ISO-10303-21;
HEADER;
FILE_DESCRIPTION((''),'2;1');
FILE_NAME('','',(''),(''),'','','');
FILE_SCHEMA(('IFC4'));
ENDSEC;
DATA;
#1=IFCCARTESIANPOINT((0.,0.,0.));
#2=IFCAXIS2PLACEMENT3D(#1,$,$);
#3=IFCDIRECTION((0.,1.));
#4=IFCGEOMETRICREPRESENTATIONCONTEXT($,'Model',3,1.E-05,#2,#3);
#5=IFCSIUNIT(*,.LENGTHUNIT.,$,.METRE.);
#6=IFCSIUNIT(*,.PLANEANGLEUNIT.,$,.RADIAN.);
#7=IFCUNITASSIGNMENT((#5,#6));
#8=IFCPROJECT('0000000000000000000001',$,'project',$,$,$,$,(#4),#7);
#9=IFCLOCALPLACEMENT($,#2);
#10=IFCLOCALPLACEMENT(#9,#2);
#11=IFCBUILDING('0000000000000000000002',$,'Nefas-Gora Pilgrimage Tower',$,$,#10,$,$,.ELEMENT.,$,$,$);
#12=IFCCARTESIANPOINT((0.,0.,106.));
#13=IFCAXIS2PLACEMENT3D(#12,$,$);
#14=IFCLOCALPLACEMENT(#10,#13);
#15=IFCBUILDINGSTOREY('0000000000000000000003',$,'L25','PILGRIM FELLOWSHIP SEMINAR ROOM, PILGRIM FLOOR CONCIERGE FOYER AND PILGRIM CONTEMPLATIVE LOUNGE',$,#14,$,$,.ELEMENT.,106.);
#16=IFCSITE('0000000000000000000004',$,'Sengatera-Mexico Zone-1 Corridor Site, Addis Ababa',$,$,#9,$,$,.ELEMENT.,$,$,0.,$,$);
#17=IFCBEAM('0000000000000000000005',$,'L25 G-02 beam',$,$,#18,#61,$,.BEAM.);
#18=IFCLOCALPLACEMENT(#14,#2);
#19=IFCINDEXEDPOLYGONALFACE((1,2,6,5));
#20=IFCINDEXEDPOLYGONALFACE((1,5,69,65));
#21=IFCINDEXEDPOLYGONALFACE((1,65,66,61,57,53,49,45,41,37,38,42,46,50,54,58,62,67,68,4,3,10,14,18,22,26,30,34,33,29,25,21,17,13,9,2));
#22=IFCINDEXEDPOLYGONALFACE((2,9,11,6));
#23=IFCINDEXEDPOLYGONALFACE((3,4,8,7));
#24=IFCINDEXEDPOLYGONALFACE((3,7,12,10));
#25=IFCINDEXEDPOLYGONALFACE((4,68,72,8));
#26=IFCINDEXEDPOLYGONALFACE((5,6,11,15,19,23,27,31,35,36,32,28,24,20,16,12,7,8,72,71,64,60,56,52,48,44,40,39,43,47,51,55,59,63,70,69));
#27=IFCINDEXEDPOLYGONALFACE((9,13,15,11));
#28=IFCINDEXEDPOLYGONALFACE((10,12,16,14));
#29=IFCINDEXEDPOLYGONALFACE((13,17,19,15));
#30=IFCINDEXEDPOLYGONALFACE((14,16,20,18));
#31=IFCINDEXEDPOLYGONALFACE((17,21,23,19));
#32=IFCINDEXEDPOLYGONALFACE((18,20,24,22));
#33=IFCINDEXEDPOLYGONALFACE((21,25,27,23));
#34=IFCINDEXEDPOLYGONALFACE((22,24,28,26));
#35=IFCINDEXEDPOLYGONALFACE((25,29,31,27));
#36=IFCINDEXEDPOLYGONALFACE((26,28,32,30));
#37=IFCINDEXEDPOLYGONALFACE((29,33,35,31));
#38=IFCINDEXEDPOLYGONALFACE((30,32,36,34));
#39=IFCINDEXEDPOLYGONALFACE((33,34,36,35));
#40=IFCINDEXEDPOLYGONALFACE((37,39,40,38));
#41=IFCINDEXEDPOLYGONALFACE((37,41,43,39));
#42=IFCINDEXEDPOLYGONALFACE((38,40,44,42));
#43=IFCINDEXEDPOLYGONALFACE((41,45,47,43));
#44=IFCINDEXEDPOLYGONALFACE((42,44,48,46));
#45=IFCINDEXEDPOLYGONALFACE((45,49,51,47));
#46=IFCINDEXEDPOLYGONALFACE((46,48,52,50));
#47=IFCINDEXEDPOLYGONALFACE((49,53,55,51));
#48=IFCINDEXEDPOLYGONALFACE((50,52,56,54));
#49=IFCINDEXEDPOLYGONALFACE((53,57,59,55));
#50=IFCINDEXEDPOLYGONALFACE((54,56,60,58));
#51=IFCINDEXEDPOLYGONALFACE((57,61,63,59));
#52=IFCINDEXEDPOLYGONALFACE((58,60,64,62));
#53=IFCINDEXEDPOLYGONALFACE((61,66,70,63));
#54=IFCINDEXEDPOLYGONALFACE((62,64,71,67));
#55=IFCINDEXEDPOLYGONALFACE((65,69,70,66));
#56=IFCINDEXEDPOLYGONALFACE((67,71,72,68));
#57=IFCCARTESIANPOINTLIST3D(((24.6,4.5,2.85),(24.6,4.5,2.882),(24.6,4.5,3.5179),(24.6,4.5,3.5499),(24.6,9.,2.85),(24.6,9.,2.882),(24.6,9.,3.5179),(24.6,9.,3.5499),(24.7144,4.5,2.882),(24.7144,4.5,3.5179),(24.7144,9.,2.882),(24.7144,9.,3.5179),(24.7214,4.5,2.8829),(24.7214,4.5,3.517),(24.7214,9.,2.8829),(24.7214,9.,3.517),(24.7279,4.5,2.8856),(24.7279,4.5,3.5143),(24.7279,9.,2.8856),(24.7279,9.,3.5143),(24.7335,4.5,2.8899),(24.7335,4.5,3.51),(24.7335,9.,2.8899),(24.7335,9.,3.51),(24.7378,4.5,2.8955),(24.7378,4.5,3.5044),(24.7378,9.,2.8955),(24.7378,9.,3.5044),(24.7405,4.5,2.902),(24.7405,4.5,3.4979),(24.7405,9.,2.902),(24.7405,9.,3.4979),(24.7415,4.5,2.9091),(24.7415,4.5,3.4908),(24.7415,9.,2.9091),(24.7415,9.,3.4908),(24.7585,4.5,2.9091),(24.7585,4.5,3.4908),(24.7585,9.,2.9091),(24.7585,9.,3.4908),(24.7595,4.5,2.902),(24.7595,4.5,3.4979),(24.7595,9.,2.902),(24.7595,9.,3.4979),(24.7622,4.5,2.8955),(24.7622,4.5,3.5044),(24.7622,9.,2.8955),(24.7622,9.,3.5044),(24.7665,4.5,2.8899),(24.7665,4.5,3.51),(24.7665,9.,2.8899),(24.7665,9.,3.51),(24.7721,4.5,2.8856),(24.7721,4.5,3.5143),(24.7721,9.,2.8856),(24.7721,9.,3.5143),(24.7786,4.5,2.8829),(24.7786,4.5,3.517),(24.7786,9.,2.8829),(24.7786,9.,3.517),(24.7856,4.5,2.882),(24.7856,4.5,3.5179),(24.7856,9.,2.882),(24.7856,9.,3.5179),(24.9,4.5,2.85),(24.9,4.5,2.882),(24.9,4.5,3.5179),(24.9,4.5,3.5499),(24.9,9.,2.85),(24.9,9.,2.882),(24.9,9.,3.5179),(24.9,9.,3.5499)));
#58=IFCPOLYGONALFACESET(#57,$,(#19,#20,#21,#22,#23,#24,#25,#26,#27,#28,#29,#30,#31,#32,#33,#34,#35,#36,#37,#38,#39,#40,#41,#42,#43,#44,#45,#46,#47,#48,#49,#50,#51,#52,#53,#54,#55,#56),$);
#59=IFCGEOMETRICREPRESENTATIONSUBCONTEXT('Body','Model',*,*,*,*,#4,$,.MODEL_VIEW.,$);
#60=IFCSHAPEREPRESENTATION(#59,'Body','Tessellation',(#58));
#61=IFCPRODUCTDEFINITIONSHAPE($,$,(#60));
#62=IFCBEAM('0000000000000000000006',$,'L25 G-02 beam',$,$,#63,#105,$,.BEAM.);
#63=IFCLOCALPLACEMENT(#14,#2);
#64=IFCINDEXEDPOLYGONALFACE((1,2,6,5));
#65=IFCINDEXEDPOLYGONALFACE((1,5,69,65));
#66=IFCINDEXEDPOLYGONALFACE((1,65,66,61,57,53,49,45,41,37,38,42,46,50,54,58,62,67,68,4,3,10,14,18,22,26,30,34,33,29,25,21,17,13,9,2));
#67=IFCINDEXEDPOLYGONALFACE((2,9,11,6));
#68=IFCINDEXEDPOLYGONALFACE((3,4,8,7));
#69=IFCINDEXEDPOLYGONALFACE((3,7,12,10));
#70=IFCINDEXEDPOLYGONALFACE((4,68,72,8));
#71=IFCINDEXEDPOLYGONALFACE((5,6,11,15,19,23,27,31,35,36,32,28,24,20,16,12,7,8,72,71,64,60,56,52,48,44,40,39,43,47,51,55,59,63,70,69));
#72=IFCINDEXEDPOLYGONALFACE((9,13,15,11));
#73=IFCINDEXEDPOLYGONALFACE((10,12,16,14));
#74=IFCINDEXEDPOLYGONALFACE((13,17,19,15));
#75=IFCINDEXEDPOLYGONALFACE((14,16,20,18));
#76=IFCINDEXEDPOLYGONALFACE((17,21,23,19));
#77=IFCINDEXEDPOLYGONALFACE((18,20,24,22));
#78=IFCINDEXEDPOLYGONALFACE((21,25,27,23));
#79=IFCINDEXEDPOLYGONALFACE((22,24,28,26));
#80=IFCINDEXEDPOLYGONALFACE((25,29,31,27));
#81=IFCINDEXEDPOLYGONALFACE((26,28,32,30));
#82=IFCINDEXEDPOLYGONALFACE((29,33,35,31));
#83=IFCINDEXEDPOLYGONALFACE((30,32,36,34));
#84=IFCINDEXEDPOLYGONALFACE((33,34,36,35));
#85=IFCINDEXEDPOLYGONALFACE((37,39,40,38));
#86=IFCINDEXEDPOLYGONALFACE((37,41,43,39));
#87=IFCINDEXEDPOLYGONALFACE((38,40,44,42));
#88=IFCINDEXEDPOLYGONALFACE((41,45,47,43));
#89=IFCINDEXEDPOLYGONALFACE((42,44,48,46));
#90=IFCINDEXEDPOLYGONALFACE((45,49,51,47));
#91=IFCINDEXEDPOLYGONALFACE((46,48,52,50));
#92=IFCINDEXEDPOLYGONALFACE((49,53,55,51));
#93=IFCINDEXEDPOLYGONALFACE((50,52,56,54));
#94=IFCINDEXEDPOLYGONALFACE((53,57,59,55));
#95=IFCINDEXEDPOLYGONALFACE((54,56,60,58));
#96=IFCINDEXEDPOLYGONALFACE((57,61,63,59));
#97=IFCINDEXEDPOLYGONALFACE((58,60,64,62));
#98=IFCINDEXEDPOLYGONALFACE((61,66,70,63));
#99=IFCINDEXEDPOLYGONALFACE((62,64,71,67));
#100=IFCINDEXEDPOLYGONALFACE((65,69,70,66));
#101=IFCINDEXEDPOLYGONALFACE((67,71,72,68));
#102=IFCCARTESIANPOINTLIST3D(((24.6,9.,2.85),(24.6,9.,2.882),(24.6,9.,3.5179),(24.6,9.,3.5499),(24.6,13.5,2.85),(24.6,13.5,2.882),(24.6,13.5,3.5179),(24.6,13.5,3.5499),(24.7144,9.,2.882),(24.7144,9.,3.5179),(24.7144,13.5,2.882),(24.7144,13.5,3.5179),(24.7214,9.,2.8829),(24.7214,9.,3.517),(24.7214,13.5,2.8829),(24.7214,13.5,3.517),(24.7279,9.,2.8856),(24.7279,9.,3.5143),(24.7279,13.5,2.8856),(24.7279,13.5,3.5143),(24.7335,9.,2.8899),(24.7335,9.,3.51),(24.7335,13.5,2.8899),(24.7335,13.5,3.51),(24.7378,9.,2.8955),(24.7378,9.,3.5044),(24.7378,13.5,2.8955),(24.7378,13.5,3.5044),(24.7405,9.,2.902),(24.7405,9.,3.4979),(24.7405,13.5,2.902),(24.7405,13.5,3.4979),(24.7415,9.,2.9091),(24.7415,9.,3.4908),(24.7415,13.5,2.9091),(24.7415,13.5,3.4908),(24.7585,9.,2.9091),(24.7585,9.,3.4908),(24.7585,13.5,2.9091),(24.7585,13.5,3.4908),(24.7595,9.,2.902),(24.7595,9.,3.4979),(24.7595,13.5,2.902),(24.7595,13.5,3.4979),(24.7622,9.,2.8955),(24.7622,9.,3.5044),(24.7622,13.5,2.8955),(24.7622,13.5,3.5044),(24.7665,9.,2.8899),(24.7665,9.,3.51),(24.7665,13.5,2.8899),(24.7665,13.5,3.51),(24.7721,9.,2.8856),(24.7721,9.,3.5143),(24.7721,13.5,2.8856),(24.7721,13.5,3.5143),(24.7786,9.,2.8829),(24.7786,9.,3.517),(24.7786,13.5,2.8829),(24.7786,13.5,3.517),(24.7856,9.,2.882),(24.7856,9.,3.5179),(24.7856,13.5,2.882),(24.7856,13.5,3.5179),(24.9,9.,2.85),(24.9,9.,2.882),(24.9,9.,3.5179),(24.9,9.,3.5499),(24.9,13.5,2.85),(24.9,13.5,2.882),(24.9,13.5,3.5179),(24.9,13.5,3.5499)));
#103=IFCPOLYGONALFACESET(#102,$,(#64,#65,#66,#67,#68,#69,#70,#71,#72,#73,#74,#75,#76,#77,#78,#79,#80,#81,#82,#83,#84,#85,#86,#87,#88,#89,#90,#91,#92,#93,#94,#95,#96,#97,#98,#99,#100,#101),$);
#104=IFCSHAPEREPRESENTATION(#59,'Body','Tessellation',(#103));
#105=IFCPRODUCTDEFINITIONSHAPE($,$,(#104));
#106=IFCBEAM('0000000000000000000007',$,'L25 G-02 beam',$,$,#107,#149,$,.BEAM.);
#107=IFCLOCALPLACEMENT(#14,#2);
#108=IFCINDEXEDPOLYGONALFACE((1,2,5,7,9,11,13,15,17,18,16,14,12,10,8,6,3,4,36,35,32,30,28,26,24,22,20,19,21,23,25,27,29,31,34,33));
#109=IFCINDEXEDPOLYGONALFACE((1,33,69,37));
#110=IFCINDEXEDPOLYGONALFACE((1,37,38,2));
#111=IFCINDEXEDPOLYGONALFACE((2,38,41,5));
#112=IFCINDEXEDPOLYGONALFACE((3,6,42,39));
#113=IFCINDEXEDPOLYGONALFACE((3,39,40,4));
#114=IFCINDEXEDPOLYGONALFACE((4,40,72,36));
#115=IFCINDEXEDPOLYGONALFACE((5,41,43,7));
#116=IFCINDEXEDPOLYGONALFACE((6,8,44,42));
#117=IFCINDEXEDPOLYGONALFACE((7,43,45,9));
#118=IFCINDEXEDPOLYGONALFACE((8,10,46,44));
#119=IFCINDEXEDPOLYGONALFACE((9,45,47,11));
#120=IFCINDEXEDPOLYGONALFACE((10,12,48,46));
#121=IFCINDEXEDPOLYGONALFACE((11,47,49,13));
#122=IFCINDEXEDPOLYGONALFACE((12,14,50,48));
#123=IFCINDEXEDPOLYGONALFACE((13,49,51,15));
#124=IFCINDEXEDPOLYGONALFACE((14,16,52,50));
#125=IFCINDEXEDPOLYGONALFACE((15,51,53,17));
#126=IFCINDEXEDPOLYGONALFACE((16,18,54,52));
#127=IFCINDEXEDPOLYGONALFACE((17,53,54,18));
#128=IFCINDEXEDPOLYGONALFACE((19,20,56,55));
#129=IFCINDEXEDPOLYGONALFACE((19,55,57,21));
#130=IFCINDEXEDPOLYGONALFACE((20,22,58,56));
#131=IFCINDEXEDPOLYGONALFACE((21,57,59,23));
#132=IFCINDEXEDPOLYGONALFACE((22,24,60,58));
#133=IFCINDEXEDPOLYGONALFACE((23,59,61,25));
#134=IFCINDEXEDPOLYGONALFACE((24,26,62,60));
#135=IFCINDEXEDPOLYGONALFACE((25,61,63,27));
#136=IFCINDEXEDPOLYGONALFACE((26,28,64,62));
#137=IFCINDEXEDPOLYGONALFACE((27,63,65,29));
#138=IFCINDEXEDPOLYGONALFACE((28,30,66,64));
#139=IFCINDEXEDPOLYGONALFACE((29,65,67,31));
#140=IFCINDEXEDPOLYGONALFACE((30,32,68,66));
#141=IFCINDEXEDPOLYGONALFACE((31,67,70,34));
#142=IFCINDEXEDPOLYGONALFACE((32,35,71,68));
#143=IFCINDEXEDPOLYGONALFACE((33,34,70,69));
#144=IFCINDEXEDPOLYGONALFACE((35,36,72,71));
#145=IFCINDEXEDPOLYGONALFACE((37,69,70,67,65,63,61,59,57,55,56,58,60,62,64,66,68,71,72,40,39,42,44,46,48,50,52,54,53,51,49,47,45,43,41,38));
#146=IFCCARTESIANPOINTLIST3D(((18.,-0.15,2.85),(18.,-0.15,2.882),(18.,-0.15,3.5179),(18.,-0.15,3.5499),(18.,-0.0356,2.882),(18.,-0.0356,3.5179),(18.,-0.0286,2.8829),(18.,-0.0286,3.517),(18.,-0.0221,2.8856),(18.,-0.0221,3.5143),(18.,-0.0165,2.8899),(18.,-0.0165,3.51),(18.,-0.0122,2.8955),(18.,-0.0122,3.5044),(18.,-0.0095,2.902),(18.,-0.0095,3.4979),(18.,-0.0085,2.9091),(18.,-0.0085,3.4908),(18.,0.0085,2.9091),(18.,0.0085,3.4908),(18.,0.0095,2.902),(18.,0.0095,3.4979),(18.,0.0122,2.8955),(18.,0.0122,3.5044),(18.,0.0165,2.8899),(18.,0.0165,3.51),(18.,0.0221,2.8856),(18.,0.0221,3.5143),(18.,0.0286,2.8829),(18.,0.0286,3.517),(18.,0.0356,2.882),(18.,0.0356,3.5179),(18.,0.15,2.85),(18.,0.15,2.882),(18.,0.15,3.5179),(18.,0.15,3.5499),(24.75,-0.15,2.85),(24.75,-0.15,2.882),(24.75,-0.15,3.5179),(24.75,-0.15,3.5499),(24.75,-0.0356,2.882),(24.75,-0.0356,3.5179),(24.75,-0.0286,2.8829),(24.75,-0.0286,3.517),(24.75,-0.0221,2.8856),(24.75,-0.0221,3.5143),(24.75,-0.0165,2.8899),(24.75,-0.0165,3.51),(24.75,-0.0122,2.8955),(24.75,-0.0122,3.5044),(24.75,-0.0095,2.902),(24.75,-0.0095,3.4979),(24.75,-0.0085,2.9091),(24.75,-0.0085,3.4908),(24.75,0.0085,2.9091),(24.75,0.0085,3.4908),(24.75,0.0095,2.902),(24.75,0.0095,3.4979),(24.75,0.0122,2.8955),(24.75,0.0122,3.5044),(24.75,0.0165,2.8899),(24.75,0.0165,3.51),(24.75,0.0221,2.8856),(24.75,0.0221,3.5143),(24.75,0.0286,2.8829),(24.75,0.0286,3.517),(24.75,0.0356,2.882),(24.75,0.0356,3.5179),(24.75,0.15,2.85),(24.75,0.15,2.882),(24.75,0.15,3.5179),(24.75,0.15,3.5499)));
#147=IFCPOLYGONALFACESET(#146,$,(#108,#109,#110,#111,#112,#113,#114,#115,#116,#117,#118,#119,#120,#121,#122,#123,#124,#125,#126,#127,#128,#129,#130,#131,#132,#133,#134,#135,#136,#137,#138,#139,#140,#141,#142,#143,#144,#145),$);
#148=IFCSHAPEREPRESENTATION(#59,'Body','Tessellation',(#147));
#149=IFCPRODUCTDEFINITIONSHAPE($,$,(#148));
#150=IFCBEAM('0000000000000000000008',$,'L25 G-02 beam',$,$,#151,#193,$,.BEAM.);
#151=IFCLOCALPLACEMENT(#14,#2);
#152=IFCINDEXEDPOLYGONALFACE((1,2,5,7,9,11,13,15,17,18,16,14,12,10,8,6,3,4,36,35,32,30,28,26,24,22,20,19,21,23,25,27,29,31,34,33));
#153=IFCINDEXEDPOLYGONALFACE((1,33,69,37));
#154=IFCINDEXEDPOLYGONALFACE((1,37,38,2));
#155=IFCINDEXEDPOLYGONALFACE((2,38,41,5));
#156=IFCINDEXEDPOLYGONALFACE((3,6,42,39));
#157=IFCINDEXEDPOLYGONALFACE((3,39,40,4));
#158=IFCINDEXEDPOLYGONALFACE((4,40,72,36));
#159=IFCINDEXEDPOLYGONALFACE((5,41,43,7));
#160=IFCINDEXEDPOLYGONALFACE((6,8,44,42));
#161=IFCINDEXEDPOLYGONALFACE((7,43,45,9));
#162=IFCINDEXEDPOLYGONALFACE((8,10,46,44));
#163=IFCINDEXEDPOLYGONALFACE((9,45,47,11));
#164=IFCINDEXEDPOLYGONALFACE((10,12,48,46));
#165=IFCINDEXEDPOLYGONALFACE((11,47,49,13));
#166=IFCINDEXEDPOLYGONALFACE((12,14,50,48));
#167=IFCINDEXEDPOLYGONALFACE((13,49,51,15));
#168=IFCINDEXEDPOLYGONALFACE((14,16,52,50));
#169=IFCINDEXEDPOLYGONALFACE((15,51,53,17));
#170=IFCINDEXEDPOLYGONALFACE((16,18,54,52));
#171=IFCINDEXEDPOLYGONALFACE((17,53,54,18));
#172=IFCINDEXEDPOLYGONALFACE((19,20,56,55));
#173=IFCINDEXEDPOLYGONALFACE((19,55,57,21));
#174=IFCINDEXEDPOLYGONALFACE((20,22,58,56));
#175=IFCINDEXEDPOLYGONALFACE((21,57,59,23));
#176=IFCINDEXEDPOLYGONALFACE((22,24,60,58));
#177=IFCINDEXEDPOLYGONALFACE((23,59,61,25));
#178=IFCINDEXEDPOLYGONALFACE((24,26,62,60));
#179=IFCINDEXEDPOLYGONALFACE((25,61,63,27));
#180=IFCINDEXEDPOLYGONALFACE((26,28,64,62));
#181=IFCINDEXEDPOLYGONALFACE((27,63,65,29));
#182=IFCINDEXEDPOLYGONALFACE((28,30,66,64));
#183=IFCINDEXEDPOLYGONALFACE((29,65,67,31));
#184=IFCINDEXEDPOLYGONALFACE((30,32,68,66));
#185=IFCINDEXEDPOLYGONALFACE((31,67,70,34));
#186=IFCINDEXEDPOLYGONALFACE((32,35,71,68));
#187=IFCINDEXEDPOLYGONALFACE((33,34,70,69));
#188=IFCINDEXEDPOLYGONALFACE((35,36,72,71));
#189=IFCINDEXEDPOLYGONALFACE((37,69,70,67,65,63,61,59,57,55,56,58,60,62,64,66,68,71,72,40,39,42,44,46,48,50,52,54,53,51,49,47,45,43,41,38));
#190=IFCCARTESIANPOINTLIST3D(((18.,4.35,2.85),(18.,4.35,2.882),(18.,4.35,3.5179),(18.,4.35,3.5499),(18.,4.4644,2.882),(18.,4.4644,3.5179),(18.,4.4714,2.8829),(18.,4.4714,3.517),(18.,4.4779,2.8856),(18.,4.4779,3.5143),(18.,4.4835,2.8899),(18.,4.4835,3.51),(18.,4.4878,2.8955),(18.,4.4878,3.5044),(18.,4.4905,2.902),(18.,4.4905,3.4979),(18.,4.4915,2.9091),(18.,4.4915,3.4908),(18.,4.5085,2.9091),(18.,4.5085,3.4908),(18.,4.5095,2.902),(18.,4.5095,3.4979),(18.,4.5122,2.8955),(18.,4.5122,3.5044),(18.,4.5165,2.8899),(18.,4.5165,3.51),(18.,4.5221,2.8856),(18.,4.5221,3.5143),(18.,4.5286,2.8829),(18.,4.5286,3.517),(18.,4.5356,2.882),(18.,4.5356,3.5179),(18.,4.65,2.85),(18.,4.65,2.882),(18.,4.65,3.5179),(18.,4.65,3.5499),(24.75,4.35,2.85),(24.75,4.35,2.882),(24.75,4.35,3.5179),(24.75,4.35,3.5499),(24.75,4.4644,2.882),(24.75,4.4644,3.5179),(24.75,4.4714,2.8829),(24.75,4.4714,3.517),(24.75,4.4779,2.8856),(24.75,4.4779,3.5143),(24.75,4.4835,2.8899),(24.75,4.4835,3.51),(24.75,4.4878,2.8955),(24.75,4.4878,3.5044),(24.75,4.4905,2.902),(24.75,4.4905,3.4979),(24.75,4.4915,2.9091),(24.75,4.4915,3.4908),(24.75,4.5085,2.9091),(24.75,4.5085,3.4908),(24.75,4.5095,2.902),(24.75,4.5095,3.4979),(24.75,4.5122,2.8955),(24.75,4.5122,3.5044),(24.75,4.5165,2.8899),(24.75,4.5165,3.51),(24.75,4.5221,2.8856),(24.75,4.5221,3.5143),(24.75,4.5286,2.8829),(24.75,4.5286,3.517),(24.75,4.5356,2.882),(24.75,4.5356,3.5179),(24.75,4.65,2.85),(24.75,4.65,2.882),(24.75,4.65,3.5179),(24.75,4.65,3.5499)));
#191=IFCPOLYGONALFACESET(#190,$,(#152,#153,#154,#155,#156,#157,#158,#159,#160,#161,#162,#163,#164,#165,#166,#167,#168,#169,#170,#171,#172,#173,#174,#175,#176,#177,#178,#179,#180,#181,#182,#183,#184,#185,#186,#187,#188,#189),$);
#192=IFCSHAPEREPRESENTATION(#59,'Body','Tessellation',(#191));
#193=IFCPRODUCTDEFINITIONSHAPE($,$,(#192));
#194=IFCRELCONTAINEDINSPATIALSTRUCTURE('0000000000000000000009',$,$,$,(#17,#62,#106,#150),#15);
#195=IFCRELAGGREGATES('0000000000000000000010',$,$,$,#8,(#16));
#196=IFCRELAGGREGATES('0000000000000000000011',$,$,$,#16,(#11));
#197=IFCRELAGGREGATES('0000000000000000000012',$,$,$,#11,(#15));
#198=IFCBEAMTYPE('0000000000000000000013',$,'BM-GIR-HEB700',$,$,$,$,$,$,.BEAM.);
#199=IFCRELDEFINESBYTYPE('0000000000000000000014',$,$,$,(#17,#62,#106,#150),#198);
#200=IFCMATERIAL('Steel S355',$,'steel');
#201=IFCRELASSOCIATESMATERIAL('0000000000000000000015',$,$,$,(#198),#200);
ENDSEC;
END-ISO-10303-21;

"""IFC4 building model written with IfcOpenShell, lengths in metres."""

from ifc_helpers import new_model, si_unit, direction, frame, origin, origin_2d, place, context, subcontext, project, spatial, i_section, extrude, source, transform, mapped, material, material_profile, profile_set, type_object, element, save


model = new_model("IFC4")

# Units and contexts
model_context = context("Model", 3, precision=1e-05, world=origin(), true_north=direction((0.0, 1.0)))
body_context = subcontext(model_context, "Body", "Model", "MODEL_VIEW")
ifc_project = project(units=[si_unit("LENGTHUNIT", "METRE"), si_unit("PLANEANGLEUNIT", "RADIAN")], contexts=[model_context])

# Site, building, storey
site_placement = place(None, origin())
site = spatial("IfcSite", under=ifc_project, at=site_placement, Name="Sengatera-Mexico Zone-1 Corridor Site, Addis Ababa", CompositionType="ELEMENT", RefElevation=0.0)
building_placement = place(site_placement, origin())
building = spatial("IfcBuilding", under=site, at=building_placement, Name="Nefas-Gora Pilgrimage Tower", CompositionType="ELEMENT")
storey_placement = place(building_placement, frame((0.0, 0.0, 106.0)))
storey = spatial("IfcBuildingStorey", under=building, at=storey_placement, Name="L25", Description="PILGRIM FELLOWSHIP SEMINAR ROOM, PILGRIM FLOOR CONCIERGE FOYER AND PILGRIM CONTEMPLATIVE LOUNGE", CompositionType="ELEMENT", Elevation=106.0)

# Beams
ifc_material_1 = material(Name="Steel S355", Category="steel")
ifc_material_profile_1 = material_profile(ifc_material_1, i_section(OverallWidth=0.3, OverallDepth=0.7, WebThickness=0.0171, FlangeThickness=0.032, FilletRadius=0.0271, at=origin_2d()), Name="HEB 700")
ifc_profile_set_1 = profile_set([ifc_material_profile_1], Name="Steel S355")
beam_type_1 = type_object("IfcBeamType", Name="BM-GIR-HEB700", PredefinedType="BEAM", material=ifc_profile_set_1)
shared_shape_1 = source(origin(), body_context, "Body", "SweptSolid", [
    extrude(i_section(OverallWidth=0.3, OverallDepth=0.7, WebThickness=0.0171, FlangeThickness=0.032, FilletRadius=0.0271, at=origin_2d()), origin(), (0.0, 0.0, 1.0), 4.5),
])
for number, where, z_axis, x_axis, name in (
    (1, (24.75, 4.5, 3.2), (0.0, 1.0, 0.0), (-1.0, 0.0, 0.0), "L25 G-02 beam"),
    (2, (24.75, 9.0, 3.2), (0.0, 1.0, 0.0), (-1.0, 0.0, 0.0), "L25 G-02 beam"),
):
    element("IfcBeam", number, at=place(storey_placement, frame(where, z_axis=z_axis, x_axis=x_axis)), inside=storey, type_object=beam_type_1, Name=name, PredefinedType="BEAM", context=body_context, shape_type="MappedRepresentation", body=[
        mapped(shared_shape_1, transform((0.0, 0.0, 0.0), x_axis=(1.0, 0.0, 0.0), y_axis=(0.0, 1.0, 0.0), z_axis=(0.0, 0.0, 1.0), scale=1.0)),
    ])
shared_shape_2 = source(origin(), body_context, "Body", "SweptSolid", [
    extrude(i_section(OverallWidth=0.3, OverallDepth=0.7, WebThickness=0.0171, FlangeThickness=0.032, FilletRadius=0.0271, at=origin_2d()), origin(), (0.0, 0.0, 1.0), 6.75),
])
for number, where, z_axis, x_axis, name in (
    (3, (18.0, 0.0, 3.2), (1.0, 0.0, 0.0), (0.0, 1.0, 0.0), "L25 G-02 beam"),
    (4, (18.0, 4.5, 3.2), (1.0, 0.0, 0.0), (0.0, 1.0, 0.0), "L25 G-02 beam"),
):
    element("IfcBeam", number, at=place(storey_placement, frame(where, z_axis=z_axis, x_axis=x_axis)), inside=storey, type_object=beam_type_1, Name=name, PredefinedType="BEAM", context=body_context, shape_type="MappedRepresentation", body=[
        mapped(shared_shape_2, transform((0.0, 0.0, 0.0), x_axis=(1.0, 0.0, 0.0), y_axis=(0.0, 1.0, 0.0), z_axis=(0.0, 0.0, 1.0), scale=1.0)),
    ])

save(model, "model.ifc")
